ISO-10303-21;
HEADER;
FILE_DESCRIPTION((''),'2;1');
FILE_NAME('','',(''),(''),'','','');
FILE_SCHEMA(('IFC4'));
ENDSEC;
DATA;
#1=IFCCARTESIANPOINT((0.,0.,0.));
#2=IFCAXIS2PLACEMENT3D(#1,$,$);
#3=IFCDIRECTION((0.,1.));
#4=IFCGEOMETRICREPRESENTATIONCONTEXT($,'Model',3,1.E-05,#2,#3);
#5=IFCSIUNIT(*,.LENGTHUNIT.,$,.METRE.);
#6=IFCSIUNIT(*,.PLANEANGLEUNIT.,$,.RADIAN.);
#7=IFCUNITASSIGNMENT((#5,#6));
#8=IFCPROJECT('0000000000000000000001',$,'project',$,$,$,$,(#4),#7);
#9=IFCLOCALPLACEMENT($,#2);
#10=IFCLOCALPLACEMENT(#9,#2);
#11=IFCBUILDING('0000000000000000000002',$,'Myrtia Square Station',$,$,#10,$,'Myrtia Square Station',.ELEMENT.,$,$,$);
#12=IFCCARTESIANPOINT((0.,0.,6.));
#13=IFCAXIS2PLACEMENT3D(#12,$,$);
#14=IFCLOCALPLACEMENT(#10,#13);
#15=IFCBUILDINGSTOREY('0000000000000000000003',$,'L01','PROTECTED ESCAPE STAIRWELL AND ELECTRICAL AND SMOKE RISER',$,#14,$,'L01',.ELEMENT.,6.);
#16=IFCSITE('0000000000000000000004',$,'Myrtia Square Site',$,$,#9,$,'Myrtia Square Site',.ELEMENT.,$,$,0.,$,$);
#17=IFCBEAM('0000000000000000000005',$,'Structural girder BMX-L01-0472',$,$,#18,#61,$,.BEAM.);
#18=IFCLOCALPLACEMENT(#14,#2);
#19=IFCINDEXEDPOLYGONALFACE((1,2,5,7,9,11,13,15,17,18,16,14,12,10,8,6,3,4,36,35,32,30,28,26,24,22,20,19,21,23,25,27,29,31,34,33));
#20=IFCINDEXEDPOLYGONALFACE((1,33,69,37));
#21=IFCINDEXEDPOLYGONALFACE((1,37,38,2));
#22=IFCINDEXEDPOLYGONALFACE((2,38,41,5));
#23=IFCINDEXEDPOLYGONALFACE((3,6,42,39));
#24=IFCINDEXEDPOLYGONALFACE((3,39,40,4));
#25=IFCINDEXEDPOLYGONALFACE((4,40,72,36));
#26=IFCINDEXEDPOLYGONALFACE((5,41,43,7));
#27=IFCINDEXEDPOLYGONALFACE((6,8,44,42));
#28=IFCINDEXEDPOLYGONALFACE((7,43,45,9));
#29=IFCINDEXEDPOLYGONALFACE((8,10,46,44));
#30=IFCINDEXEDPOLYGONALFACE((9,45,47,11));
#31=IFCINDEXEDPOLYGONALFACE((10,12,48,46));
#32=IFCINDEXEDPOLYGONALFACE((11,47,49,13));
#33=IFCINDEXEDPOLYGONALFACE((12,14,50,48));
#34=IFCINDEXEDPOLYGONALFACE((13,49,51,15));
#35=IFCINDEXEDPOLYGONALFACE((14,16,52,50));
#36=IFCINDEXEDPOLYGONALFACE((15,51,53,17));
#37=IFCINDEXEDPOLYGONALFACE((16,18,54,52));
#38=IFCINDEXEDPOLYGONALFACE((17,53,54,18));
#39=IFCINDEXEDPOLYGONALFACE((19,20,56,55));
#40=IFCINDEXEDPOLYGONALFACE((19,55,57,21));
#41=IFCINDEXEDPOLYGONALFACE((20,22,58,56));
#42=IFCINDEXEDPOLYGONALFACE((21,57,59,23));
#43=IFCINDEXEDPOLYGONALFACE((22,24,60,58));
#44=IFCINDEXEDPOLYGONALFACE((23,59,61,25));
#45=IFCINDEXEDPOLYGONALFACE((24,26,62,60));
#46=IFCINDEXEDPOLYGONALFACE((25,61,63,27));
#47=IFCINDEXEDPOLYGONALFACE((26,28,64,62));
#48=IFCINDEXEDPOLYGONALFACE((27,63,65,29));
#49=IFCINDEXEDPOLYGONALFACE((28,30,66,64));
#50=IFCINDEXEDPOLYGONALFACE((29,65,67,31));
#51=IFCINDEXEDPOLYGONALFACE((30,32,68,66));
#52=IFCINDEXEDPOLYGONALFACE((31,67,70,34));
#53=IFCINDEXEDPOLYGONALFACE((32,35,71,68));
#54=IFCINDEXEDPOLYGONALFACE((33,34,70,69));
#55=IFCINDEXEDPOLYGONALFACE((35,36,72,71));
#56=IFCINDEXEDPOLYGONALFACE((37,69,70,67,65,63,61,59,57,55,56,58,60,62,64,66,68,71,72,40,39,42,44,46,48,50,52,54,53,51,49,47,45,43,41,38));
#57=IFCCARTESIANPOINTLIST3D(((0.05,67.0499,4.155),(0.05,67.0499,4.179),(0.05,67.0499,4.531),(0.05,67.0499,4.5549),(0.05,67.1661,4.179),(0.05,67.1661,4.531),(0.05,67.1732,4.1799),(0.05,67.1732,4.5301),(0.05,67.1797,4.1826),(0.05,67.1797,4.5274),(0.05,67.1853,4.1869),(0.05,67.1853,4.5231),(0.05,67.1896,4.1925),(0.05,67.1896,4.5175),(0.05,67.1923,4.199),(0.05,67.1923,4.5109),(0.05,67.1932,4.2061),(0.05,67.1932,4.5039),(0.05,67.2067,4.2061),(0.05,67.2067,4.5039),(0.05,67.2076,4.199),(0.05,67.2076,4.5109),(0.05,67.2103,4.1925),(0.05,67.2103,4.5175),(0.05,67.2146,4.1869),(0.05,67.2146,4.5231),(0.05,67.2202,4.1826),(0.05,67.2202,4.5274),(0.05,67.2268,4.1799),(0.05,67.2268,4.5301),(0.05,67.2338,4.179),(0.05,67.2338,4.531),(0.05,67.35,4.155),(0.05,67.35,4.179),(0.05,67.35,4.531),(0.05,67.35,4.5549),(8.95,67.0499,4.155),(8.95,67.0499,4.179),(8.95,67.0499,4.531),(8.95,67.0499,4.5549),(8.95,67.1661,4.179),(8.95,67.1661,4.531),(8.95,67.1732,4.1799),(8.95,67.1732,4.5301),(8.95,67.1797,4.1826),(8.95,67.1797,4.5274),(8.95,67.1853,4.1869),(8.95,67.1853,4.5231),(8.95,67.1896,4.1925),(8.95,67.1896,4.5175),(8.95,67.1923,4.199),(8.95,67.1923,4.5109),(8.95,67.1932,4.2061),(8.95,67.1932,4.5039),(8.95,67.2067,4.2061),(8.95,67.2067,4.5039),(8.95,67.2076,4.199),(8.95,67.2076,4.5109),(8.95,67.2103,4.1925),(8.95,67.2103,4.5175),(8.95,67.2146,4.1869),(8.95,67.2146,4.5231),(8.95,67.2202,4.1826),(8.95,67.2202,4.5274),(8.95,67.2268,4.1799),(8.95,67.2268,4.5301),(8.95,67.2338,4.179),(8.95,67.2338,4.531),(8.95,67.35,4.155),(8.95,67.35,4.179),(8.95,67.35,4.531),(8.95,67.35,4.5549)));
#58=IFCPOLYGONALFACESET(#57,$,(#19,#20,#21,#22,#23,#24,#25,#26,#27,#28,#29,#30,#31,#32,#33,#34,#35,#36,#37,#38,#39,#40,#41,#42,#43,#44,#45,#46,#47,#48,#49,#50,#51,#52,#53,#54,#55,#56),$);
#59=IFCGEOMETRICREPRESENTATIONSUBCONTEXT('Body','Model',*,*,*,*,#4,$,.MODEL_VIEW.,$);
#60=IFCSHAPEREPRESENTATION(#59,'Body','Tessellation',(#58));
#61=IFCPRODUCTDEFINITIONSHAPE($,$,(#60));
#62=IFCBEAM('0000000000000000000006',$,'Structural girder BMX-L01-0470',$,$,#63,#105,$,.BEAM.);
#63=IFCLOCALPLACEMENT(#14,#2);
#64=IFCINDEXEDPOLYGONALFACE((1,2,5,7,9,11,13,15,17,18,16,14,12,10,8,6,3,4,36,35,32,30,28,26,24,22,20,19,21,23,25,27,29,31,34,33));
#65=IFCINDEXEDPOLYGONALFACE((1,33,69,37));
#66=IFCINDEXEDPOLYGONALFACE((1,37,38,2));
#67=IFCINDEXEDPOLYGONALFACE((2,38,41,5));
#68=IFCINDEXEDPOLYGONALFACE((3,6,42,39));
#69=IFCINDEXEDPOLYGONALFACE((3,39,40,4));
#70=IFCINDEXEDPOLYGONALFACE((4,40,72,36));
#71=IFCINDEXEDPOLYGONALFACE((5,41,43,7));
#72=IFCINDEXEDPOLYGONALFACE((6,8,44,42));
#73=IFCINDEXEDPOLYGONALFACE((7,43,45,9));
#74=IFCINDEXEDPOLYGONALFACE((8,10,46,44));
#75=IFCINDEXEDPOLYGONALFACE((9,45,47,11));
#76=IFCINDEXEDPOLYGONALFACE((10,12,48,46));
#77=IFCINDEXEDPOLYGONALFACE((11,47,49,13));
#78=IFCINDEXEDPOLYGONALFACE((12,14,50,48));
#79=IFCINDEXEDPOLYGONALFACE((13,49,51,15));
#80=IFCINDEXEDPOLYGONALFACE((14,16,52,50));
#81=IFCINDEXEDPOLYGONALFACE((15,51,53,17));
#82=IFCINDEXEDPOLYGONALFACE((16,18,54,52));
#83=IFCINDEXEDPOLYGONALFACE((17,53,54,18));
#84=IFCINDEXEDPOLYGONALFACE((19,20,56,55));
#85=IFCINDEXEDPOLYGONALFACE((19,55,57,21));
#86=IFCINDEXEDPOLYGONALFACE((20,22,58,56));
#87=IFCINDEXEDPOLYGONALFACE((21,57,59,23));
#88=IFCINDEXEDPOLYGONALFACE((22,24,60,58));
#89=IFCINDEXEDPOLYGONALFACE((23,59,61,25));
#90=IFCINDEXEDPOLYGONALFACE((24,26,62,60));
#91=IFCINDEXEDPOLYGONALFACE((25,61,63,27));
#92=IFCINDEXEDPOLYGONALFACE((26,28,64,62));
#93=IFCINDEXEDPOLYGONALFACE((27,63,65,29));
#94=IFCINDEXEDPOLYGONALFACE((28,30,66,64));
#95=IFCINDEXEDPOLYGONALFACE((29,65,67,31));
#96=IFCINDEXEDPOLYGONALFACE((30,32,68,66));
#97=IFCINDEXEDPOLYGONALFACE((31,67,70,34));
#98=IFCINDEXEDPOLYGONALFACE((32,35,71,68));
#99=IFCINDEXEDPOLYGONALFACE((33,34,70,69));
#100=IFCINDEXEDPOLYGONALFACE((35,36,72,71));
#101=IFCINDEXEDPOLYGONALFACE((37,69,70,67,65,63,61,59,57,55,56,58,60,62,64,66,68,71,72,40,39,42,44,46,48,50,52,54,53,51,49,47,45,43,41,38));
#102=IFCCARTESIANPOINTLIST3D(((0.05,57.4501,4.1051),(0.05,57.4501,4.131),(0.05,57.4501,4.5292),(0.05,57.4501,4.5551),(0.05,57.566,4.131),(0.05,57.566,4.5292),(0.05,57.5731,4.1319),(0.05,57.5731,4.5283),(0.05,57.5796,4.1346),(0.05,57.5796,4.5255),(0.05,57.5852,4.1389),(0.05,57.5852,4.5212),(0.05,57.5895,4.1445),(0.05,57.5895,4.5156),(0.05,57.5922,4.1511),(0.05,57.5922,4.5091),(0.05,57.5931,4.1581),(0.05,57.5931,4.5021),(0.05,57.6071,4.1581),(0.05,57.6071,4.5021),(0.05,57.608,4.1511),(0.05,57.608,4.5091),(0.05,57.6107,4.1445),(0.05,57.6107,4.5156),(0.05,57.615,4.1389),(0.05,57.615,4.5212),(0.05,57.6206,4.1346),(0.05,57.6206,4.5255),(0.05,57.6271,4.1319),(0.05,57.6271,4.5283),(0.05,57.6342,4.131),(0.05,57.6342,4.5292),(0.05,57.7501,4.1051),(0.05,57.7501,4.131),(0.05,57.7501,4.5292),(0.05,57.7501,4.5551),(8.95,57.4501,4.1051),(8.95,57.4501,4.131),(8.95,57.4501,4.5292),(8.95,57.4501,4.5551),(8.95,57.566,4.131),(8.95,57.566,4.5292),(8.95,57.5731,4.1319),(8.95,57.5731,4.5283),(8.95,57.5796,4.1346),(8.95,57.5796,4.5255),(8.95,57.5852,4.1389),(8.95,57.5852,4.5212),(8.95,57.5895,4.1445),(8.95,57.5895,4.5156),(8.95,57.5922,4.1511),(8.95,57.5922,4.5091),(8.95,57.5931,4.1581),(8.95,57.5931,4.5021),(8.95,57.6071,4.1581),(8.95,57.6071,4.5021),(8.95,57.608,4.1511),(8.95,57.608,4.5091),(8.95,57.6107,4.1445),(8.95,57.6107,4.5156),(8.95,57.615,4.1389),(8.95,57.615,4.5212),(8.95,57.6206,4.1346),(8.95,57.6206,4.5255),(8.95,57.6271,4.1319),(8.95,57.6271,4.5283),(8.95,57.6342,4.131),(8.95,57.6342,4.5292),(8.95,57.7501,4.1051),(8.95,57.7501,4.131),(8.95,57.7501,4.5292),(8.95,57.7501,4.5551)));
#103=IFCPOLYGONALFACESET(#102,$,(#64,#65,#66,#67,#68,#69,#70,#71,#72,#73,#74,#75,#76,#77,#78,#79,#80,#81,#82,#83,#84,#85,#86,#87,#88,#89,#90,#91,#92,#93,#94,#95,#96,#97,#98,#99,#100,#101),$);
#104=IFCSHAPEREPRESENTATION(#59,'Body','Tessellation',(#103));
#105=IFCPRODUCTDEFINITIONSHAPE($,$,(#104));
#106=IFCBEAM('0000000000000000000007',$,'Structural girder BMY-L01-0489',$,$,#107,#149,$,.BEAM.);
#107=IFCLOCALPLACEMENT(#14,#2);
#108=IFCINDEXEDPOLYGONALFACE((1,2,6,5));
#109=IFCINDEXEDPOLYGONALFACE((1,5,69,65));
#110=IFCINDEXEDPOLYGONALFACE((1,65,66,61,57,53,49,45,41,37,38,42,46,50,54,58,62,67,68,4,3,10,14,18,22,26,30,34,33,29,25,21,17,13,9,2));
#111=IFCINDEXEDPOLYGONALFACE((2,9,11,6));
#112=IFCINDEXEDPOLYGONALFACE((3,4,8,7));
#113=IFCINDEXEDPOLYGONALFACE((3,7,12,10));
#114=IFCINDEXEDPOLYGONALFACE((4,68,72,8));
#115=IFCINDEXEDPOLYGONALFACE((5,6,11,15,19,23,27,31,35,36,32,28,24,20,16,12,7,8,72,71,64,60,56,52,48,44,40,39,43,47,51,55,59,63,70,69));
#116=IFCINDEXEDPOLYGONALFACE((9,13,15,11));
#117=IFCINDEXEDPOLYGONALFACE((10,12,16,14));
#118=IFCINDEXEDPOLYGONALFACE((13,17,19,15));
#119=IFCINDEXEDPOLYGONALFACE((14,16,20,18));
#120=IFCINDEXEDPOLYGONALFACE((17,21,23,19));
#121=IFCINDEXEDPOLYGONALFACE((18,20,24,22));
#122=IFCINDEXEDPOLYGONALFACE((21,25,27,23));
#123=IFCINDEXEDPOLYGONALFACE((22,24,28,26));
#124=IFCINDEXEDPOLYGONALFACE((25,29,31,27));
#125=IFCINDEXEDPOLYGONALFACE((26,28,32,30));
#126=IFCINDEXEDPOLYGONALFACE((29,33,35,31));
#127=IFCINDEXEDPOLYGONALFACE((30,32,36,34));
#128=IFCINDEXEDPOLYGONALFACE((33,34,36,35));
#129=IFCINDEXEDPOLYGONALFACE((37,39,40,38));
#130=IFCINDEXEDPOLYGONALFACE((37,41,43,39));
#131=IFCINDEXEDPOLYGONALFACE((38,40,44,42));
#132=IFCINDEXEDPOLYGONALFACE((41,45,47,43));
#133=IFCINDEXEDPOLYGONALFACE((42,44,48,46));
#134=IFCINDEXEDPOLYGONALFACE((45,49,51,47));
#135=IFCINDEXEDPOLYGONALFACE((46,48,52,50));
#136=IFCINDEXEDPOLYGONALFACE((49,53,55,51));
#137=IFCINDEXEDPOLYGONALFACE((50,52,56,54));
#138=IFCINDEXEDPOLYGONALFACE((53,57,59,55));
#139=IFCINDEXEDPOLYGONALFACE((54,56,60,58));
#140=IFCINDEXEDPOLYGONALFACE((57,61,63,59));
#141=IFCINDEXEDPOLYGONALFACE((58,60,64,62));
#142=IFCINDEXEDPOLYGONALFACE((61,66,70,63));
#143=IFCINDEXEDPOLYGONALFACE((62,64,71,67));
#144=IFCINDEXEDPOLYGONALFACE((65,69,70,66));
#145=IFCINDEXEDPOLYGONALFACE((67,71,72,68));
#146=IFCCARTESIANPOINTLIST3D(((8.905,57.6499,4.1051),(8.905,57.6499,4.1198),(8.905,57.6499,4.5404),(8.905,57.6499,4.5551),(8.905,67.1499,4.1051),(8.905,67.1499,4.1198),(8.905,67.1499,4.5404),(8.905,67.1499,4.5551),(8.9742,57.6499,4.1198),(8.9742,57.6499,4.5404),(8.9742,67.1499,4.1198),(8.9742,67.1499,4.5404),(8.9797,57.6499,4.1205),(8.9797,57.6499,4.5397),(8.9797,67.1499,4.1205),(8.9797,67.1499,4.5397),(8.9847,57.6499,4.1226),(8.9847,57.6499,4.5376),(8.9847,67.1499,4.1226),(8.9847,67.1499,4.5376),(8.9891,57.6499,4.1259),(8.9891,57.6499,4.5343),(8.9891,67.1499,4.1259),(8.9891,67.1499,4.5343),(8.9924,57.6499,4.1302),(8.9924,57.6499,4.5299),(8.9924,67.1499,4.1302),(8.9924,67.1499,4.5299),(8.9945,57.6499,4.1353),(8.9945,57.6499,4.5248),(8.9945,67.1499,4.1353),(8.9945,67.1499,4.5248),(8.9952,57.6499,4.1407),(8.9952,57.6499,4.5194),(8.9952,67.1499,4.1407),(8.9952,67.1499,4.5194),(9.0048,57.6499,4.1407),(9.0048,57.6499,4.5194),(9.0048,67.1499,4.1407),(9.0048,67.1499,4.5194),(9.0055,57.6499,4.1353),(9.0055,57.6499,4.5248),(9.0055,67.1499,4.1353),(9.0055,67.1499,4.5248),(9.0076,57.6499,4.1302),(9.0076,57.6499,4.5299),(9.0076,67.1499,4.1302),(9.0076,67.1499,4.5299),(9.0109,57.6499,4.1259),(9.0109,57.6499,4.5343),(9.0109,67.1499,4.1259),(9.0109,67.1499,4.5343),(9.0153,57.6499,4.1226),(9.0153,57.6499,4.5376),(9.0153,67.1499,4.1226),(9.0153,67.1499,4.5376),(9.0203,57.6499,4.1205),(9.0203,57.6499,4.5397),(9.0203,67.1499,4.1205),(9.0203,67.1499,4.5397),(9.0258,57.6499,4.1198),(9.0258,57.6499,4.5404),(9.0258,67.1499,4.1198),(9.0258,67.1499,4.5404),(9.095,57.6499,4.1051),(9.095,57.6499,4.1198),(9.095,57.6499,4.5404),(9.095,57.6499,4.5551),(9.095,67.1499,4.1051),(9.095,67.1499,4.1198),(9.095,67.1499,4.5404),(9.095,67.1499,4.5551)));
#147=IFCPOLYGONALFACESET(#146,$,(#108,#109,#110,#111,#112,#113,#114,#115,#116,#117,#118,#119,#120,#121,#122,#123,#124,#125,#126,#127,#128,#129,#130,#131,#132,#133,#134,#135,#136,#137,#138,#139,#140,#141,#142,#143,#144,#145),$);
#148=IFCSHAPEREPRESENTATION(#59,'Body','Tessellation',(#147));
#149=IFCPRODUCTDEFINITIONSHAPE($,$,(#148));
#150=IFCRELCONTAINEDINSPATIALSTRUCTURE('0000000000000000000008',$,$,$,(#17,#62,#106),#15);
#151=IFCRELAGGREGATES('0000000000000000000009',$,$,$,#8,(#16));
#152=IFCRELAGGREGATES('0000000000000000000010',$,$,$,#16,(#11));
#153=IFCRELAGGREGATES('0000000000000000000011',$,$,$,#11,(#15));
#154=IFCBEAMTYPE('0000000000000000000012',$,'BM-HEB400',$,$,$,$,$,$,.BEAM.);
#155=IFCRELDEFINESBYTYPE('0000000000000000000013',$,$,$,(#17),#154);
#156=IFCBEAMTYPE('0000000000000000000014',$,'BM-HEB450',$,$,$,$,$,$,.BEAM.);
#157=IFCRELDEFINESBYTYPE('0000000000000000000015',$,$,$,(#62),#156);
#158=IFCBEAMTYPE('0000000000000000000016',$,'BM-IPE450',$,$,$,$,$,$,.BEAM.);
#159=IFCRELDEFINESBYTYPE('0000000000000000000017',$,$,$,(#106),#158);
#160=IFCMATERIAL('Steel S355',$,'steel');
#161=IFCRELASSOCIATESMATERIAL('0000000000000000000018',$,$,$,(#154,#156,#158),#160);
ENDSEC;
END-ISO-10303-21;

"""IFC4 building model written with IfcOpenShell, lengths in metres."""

from ifc_helpers import new_model, si_unit, direction, frame, origin, origin_2d, place, context, subcontext, project, spatial, i_section, extrude, material, material_profile, profile_set, type_object, element, save


model = new_model("IFC4")

# Units and contexts
model_context = context("Model", 3, precision=1e-05, world=origin(), true_north=direction((0.0, 1.0)))
body_context = subcontext(model_context, "Body", "Model", "MODEL_VIEW")
ifc_project = project(units=[si_unit("LENGTHUNIT", "METRE"), si_unit("PLANEANGLEUNIT", "RADIAN")], contexts=[model_context])

# Site, building, storey
site_placement = place(None, origin())
site = spatial("IfcSite", under=ifc_project, at=site_placement, Name="Myrtia Square Site", LongName="Myrtia Square Site", CompositionType="ELEMENT", RefElevation=0.0)
building_placement = place(site_placement, origin())
building = spatial("IfcBuilding", under=site, at=building_placement, Name="Myrtia Square Station", LongName="Myrtia Square Station", CompositionType="ELEMENT")
storey_placement = place(building_placement, frame((0.0, 0.0, 6.0)))
storey = spatial("IfcBuildingStorey", under=building, at=storey_placement, Name="L01", Description="PROTECTED ESCAPE STAIRWELL AND ELECTRICAL AND SMOKE RISER", LongName="L01", CompositionType="ELEMENT", Elevation=6.0)

# Shared definitions
ifc_material_1 = material(Name="Steel S355", Category="steel")

# Beams
ifc_material_profile_1 = material_profile(ifc_material_1, i_section(OverallWidth=0.3, OverallDepth=0.3999, WebThickness=0.0134, FlangeThickness=0.0239, FilletRadius=0.0271, at=origin_2d()), Name="HEB 400")
ifc_profile_set_1 = profile_set([ifc_material_profile_1], Name="Steel S355")
beam_type_1 = type_object("IfcBeamType", Name="BM-HEB400", PredefinedType="BEAM", material=ifc_profile_set_1)
beam_1_placement = place(storey_placement, frame((0.05, 67.2, 4.355), z_axis=(1.0, 0.0, 0.0), x_axis=(0.0, 1.0, 0.0)))
element("IfcBeam", 1, at=beam_1_placement, inside=storey, type_object=beam_type_1, Name="Structural girder BMX-L01-0472", PredefinedType="BEAM", context=body_context, shape_type="SweptSolid", body=[
    extrude(i_section(OverallWidth=0.3, OverallDepth=0.3999, WebThickness=0.0134, FlangeThickness=0.0239, FilletRadius=0.0271, at=origin_2d()), origin(), (0.0, 0.0, 1.0), 8.8999),
])
ifc_material_profile_2 = material_profile(ifc_material_1, i_section(OverallWidth=0.3, OverallDepth=0.45, WebThickness=0.0139, FlangeThickness=0.0259, FilletRadius=0.0271, at=origin_2d()), Name="HEB 450")
ifc_profile_set_2 = profile_set([ifc_material_profile_2], Name="Steel S355")
beam_type_2 = type_object("IfcBeamType", Name="BM-HEB450", PredefinedType="BEAM", material=ifc_profile_set_2)
beam_2_placement = place(storey_placement, frame((0.05, 57.6001, 4.3301), z_axis=(1.0, 0.0, 0.0), x_axis=(0.0, 1.0, 0.0)))
element("IfcBeam", 2, at=beam_2_placement, inside=storey, type_object=beam_type_2, Name="Structural girder BMX-L01-0470", PredefinedType="BEAM", context=body_context, shape_type="SweptSolid", body=[
    extrude(i_section(OverallWidth=0.3, OverallDepth=0.45, WebThickness=0.0139, FlangeThickness=0.0259, FilletRadius=0.0271, at=origin_2d()), origin(), (0.0, 0.0, 1.0), 8.8999),
])
ifc_material_profile_3 = material_profile(ifc_material_1, i_section(OverallWidth=0.1899, OverallDepth=0.45, WebThickness=0.0095, FlangeThickness=0.0146, FilletRadius=0.021, at=origin_2d()), Name="IPE 450")
ifc_profile_set_3 = profile_set([ifc_material_profile_3], Name="Steel S355")
beam_type_3 = type_object("IfcBeamType", Name="BM-IPE450", PredefinedType="BEAM", material=ifc_profile_set_3)
beam_3_placement = place(storey_placement, frame((9.0, 57.6499, 4.3301), z_axis=(0.0, 1.0, 0.0), x_axis=(-1.0, 0.0, 0.0)))
element("IfcBeam", 3, at=beam_3_placement, inside=storey, type_object=beam_type_3, Name="Structural girder BMY-L01-0489", PredefinedType="BEAM", context=body_context, shape_type="SweptSolid", body=[
    extrude(i_section(OverallWidth=0.1899, OverallDepth=0.45, WebThickness=0.0095, FlangeThickness=0.0146, FilletRadius=0.021, at=origin_2d()), origin(), (0.0, 0.0, 1.0), 9.5),
])

save(model, "model.ifc")
